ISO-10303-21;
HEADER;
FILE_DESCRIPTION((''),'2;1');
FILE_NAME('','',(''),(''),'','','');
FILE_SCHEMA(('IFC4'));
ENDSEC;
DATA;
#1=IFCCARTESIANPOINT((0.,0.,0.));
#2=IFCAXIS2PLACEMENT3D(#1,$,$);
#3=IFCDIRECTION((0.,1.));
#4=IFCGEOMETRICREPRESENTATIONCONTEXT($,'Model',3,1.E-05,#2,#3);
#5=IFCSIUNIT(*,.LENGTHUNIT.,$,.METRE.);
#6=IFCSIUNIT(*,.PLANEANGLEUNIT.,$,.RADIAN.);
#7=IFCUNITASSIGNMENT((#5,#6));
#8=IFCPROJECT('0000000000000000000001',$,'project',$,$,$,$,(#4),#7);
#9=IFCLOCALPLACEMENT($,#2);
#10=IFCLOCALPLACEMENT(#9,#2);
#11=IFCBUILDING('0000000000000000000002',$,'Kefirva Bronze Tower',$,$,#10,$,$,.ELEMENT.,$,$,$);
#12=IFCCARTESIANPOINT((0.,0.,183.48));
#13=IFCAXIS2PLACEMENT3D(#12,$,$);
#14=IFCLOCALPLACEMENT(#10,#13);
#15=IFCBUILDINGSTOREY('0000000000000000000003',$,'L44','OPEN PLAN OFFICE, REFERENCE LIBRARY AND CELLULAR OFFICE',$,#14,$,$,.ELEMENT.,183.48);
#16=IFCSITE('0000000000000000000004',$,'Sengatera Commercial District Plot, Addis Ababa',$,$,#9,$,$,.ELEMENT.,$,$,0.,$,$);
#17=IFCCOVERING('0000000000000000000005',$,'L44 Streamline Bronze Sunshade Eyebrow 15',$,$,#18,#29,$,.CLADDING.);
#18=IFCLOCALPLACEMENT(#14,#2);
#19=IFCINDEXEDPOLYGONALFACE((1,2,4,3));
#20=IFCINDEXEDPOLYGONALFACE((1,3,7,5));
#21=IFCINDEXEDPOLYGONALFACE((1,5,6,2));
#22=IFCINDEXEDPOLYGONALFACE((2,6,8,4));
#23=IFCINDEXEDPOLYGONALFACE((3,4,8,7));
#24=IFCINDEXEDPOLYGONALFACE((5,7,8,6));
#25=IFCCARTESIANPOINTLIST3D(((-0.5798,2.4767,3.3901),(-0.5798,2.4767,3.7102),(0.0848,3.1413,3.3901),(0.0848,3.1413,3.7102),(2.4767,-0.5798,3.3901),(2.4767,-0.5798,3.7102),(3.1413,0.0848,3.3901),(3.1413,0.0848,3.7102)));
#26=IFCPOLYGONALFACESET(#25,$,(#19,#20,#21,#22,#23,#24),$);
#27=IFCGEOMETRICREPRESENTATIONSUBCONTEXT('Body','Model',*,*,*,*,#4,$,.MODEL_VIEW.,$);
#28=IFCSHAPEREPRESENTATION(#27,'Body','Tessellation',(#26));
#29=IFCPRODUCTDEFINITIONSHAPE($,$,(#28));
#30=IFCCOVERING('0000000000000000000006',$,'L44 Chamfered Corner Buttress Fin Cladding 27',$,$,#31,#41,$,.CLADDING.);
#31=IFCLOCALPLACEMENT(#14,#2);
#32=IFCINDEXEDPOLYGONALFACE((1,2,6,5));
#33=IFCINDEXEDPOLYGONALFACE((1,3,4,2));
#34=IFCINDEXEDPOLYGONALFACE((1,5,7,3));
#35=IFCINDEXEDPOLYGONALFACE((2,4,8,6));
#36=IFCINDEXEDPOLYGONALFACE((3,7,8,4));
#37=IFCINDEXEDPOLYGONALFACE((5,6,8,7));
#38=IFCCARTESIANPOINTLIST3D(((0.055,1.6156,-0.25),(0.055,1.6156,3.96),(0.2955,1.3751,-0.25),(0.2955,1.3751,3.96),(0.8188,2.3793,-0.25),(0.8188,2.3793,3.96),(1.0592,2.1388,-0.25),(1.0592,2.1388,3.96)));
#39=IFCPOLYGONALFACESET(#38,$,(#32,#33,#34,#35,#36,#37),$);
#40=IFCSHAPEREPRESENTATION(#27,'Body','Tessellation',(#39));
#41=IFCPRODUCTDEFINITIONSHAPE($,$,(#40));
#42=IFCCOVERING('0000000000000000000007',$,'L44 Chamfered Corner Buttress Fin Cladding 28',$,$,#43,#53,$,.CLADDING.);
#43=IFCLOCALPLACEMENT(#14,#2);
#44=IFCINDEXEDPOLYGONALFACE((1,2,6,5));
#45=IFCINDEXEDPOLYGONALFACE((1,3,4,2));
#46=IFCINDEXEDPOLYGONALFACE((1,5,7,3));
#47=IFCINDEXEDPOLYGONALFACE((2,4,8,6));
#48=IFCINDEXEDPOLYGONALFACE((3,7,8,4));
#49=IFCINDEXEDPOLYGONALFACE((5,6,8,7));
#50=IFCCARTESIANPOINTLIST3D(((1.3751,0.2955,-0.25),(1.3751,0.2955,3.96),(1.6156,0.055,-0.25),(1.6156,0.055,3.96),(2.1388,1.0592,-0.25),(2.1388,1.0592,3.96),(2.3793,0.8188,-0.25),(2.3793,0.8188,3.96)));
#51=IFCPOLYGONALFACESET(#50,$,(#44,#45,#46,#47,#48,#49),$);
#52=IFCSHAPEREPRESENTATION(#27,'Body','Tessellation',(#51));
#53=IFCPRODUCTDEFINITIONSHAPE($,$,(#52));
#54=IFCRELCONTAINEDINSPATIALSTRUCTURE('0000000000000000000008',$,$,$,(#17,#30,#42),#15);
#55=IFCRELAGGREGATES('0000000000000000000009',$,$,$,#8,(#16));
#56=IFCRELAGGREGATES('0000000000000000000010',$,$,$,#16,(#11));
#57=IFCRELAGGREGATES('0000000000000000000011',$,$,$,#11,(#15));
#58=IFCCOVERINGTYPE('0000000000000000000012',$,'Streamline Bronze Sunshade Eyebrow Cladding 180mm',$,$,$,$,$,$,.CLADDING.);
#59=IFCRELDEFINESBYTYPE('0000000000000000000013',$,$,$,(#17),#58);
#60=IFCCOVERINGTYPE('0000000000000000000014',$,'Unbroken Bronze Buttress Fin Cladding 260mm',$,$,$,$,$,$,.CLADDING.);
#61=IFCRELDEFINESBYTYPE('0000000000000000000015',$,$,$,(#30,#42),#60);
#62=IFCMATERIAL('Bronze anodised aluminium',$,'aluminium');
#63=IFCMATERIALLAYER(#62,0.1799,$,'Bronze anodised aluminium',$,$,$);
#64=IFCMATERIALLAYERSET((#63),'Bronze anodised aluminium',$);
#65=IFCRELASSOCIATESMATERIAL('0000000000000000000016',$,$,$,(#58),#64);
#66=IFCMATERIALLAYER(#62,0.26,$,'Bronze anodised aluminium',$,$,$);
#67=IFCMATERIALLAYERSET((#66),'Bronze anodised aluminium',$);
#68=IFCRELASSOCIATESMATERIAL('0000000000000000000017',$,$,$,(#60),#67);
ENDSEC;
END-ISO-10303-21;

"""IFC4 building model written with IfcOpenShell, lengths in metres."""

from ifc_helpers import new_model, si_unit, direction, frame, origin, origin_2d, place, context, subcontext, project, spatial, rectangle, extrude, material, layer, layer_set, type_object, element, save


model = new_model("IFC4")

# Units and contexts
model_context = context("Model", 3, precision=1e-05, world=origin(), true_north=direction((0.0, 1.0)))
body_context = subcontext(model_context, "Body", "Model", "MODEL_VIEW")
ifc_project = project(units=[si_unit("LENGTHUNIT", "METRE"), si_unit("PLANEANGLEUNIT", "RADIAN")], contexts=[model_context])

# Site, building, storey
site_placement = place(None, origin())
site = spatial("IfcSite", under=ifc_project, at=site_placement, Name="Sengatera Commercial District Plot, Addis Ababa", CompositionType="ELEMENT", RefElevation=0.0)
building_placement = place(site_placement, origin())
building = spatial("IfcBuilding", under=site, at=building_placement, Name="Kefirva Bronze Tower", CompositionType="ELEMENT")
storey_placement = place(building_placement, frame((0.0, 0.0, 183.48)))
storey = spatial("IfcBuildingStorey", under=building, at=storey_placement, Name="L44", Description="OPEN PLAN OFFICE, REFERENCE LIBRARY AND CELLULAR OFFICE", CompositionType="ELEMENT", Elevation=183.48)

# Shared definitions
ifc_material_1 = material(Name="Bronze anodised aluminium", Category="aluminium")

# Coverings
ifc_layer_1 = layer(ifc_material_1, 0.1799, Name="Bronze anodised aluminium")
ifc_layer_set_1 = layer_set([ifc_layer_1], Name="Bronze anodised aluminium")
covering_type_1 = type_object("IfcCoveringType", Name="Streamline Bronze Sunshade Eyebrow Cladding 180mm", PredefinedType="CLADDING", material=ifc_layer_set_1)
covering_1_placement = place(storey_placement, frame((1.2808, 1.2808, 3.3901), z_axis=(0.0, 0.0, 1.0), x_axis=(0.707107, -0.707107, 0.0)))
element("IfcCovering", 1, at=covering_1_placement, inside=storey, type_object=covering_type_1, Name="L44 Streamline Bronze Sunshade Eyebrow 15", PredefinedType="CLADDING", context=body_context, shape_type="SweptSolid", body=[
    extrude(rectangle(XDim=4.3225, YDim=0.9399, at=origin_2d()), origin(), (0.0, 0.0, 1.0), 0.3201),
])
ifc_layer_2 = layer(ifc_material_1, 0.26, Name="Bronze anodised aluminium")
ifc_layer_set_2 = layer_set([ifc_layer_2], Name="Bronze anodised aluminium")
covering_type_2 = type_object("IfcCoveringType", Name="Unbroken Bronze Buttress Fin Cladding 260mm", PredefinedType="CLADDING", material=ifc_layer_set_2)
for number, where, z_axis, x_axis, name in (
    (2, (0.5571, 1.8772, -0.25), (0.0, 0.0, 1.0), (0.707107, -0.707107, 0.0), "L44 Chamfered Corner Buttress Fin Cladding 27"),
    (3, (1.8772, 0.5571, -0.25), (0.0, 0.0, 1.0), (0.707107, -0.707107, 0.0), "L44 Chamfered Corner Buttress Fin Cladding 28"),
):
    element("IfcCovering", number, at=place(storey_placement, frame(where, z_axis=z_axis, x_axis=x_axis)), inside=storey, type_object=covering_type_2, Name=name, PredefinedType="CLADDING", context=body_context, shape_type="SweptSolid", body=[
        extrude(rectangle(XDim=0.3401, YDim=1.0801, at=origin_2d()), origin(), (0.0, 0.0, 1.0), 4.21),
    ])

save(model, "model.ifc")
